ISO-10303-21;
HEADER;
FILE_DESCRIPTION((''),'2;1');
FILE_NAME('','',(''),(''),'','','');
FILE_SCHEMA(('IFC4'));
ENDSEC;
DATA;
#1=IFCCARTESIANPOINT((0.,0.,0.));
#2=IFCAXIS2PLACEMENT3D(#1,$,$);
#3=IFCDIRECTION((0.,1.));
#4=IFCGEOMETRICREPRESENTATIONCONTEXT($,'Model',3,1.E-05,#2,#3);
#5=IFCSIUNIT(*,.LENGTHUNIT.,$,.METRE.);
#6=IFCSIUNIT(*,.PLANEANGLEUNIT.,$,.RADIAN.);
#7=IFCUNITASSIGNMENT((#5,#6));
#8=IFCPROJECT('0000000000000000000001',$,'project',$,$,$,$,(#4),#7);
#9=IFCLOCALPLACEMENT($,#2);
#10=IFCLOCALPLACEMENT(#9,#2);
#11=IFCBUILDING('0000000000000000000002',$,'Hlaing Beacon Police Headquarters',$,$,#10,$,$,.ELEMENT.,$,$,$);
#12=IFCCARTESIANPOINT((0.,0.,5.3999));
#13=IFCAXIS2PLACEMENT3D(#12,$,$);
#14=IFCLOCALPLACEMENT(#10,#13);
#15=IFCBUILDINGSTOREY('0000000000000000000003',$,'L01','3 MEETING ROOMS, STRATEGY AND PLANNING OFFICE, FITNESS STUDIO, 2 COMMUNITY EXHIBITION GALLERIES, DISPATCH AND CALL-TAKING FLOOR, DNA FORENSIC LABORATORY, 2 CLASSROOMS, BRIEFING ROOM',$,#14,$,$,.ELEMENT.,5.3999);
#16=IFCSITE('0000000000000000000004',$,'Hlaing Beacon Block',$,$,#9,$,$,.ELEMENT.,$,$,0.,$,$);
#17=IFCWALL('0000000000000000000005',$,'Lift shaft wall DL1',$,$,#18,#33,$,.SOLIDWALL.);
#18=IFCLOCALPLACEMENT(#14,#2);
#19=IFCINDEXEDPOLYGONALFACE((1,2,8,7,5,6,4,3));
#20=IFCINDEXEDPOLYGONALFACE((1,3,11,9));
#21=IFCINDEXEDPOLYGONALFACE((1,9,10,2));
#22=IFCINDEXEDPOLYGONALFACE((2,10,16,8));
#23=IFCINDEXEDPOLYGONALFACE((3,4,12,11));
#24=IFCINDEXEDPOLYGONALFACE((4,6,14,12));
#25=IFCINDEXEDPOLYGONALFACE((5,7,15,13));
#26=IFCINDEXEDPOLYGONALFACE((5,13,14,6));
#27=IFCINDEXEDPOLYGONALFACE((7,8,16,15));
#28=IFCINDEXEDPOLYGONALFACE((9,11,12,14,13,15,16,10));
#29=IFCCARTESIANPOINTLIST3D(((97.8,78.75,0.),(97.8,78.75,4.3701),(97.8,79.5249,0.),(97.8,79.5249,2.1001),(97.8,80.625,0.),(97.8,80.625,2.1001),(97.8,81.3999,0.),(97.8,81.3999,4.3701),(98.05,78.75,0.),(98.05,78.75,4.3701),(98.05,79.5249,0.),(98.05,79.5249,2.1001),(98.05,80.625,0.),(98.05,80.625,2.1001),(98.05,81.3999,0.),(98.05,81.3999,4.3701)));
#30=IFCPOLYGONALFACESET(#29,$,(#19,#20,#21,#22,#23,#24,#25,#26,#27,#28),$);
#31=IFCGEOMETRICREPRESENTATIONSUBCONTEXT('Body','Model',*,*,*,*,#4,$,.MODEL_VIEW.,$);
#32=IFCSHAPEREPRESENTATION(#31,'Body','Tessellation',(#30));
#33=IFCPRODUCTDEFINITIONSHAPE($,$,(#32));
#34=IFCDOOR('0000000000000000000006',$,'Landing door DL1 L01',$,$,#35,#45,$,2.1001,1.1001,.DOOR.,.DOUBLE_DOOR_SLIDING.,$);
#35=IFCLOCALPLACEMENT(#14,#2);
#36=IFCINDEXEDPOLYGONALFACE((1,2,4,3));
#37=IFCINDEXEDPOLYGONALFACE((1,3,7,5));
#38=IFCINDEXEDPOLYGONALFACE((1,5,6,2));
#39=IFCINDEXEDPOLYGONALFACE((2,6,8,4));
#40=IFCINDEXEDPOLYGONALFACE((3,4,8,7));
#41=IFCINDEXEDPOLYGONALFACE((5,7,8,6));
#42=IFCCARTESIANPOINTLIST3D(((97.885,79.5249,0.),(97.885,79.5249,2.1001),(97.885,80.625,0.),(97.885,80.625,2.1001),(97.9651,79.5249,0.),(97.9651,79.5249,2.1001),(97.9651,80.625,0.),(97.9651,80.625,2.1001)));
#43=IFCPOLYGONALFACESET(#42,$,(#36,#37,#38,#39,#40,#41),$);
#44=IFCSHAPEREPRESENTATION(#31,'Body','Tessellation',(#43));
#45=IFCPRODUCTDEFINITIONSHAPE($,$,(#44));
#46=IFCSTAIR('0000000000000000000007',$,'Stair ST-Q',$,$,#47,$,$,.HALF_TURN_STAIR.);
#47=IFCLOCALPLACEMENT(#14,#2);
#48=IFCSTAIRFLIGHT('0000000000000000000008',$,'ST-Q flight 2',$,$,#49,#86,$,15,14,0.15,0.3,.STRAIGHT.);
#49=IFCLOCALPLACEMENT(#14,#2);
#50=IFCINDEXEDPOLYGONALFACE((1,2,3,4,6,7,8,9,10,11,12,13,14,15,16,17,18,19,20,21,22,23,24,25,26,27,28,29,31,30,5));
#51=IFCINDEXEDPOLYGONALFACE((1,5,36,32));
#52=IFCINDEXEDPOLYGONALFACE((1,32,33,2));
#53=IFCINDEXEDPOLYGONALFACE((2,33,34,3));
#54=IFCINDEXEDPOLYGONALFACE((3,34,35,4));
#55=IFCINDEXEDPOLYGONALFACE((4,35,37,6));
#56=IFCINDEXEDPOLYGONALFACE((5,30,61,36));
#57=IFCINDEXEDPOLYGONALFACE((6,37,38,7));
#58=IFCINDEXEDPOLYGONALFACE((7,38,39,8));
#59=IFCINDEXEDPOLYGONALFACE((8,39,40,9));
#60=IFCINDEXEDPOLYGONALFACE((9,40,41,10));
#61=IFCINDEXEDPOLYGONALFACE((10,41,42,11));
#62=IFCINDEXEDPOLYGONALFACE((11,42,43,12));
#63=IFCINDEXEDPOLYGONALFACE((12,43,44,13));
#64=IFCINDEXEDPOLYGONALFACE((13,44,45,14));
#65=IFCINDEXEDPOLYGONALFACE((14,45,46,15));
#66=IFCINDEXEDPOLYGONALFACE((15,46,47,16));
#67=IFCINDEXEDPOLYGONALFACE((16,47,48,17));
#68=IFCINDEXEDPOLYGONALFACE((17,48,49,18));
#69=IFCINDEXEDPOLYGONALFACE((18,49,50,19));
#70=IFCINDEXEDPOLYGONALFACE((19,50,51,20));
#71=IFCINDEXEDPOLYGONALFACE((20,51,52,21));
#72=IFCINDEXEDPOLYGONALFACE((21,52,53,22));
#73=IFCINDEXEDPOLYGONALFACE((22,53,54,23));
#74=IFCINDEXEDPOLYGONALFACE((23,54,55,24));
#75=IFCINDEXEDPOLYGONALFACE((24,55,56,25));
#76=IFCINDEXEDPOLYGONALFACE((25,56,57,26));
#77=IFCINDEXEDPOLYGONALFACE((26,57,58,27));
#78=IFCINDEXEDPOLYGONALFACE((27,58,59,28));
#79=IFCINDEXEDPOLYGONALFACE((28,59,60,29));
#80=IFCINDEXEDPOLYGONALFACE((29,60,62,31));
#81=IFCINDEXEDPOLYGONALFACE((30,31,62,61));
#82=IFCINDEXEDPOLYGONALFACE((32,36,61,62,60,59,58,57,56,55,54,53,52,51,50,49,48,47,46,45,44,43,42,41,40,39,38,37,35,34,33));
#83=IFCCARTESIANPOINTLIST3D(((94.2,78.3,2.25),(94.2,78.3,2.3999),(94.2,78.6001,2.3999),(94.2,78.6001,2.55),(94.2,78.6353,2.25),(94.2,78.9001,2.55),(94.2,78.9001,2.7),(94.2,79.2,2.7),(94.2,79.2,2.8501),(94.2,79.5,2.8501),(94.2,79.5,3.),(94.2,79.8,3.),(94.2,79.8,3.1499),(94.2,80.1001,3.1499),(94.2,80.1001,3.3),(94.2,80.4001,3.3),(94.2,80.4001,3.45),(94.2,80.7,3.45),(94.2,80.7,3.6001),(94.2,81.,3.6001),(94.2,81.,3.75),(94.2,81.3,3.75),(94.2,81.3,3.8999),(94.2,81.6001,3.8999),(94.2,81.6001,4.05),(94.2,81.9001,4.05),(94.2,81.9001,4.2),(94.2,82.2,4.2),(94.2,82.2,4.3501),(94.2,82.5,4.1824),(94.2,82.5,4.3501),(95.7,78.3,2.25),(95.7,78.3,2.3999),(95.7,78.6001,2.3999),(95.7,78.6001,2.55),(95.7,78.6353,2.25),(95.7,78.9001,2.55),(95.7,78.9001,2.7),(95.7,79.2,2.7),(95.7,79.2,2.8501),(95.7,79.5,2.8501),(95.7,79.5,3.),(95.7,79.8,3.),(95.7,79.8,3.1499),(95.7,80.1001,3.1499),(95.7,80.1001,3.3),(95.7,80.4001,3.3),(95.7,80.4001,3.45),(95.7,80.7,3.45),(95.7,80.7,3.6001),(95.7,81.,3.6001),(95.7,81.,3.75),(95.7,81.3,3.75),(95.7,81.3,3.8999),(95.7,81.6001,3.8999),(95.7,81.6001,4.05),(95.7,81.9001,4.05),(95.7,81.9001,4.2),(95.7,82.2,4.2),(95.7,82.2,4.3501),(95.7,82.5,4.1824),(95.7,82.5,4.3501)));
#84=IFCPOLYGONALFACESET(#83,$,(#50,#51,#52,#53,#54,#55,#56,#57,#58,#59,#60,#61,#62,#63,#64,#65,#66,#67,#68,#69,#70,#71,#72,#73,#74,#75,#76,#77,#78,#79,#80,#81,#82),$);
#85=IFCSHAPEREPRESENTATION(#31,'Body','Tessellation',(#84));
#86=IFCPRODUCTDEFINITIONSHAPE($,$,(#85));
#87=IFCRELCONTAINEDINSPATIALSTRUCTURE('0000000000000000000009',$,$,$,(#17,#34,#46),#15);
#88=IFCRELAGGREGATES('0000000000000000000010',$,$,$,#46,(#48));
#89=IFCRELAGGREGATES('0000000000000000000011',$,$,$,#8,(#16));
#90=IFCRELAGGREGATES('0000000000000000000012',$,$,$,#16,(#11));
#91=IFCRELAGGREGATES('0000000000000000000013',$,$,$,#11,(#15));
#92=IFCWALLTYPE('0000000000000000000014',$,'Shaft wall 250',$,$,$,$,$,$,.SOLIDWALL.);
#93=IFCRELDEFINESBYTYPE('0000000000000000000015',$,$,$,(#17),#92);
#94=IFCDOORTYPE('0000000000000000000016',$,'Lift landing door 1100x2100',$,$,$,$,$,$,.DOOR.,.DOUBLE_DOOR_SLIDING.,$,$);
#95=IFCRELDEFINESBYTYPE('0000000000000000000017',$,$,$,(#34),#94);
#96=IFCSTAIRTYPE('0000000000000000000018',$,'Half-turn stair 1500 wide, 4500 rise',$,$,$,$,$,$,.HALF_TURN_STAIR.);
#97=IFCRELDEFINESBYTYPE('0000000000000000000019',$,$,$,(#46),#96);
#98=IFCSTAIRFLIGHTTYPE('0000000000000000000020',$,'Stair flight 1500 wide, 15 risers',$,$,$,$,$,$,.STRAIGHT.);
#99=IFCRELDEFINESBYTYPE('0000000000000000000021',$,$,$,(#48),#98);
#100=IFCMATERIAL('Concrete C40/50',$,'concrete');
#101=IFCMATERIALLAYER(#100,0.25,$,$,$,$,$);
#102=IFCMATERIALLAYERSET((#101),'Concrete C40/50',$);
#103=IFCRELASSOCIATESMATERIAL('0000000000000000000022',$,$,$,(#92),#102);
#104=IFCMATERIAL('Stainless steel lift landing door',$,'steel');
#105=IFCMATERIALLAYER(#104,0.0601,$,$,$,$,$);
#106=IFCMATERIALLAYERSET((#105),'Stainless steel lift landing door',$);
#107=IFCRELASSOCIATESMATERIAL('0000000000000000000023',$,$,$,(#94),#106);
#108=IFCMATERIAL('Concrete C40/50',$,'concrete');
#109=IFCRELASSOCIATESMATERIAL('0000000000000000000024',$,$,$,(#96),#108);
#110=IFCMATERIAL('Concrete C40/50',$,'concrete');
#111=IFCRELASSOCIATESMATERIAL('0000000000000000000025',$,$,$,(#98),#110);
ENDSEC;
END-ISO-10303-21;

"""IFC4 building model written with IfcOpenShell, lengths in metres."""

from ifc_helpers import new_model, si_unit, direction, frame, frame_2d, origin, place, context, subcontext, project, spatial, polyline, rectangle, outline, extrude, material, layer, layer_set, type_object, element, fill, aggregate, save


model = new_model("IFC4")

# Units and contexts
model_context = context("Model", 3, precision=1e-05, world=origin(), true_north=direction((0.0, 1.0)))
body_context = subcontext(model_context, "Body", "Model", "MODEL_VIEW")
ifc_project = project(units=[si_unit("LENGTHUNIT", "METRE"), si_unit("PLANEANGLEUNIT", "RADIAN")], contexts=[model_context])

# Site, building, storey
site_placement = place(None, origin())
site = spatial("IfcSite", under=ifc_project, at=site_placement, Name="Hlaing Beacon Block", CompositionType="ELEMENT", RefElevation=0.0)
building_placement = place(site_placement, origin())
building = spatial("IfcBuilding", under=site, at=building_placement, Name="Hlaing Beacon Police Headquarters", CompositionType="ELEMENT")
storey_placement = place(building_placement, frame((0.0, 0.0, 5.3999)))
storey = spatial("IfcBuildingStorey", under=building, at=storey_placement, Name="L01", Description="3 MEETING ROOMS, STRATEGY AND PLANNING OFFICE, FITNESS STUDIO, 2 COMMUNITY EXHIBITION GALLERIES, DISPATCH AND CALL-TAKING FLOOR, DNA FORENSIC LABORATORY, 2 CLASSROOMS, BRIEFING ROOM", CompositionType="ELEMENT", Elevation=5.3999)

# Wall, opening, door
ifc_material_1 = material(Name="Concrete C40/50", Category="concrete")
ifc_layer_1 = layer(ifc_material_1, 0.25)
ifc_layer_set_1 = layer_set([ifc_layer_1], Name="Concrete C40/50")
wall_type_1 = type_object("IfcWallType", Name="Shaft wall 250", PredefinedType="SOLIDWALL", material=ifc_layer_set_1)
wall_1_placement = place(storey_placement, frame((97.925, 78.75, 0.0), z_axis=(0.0, 0.0, 1.0), x_axis=(0.0, 1.0, 0.0)))
wall_1 = element("IfcWall", 1, at=wall_1_placement, inside=storey, type_object=wall_type_1, Name="Lift shaft wall DL1", PredefinedType="SOLIDWALL", context=body_context, shape_type="SweptSolid", body=[
    extrude(rectangle(XDim=2.6499, YDim=0.25, at=frame_2d((1.325, 0.0))), origin(), (0.0, 0.0, 1.0), 4.3701),
])
opening_1_placement = place(wall_1_placement, frame((0.7749, 0.0, 0.0)))
opening_1 = element("IfcOpeningElement", 2, at=opening_1_placement, cuts=wall_1, PredefinedType="OPENING", context=body_context, shape_type="SweptSolid", body=[
    extrude(rectangle(XDim=1.1001, YDim=2.1001, at=frame_2d((0.55, 1.05))), frame((0.0, 0.135, 0.0), z_axis=(0.0, -1.0, 0.0), x_axis=(1.0, 0.0, 0.0)), (0.0, 0.0, 1.0), 0.27),
])
ifc_material_2 = material(Name="Stainless steel lift landing door", Category="steel")
ifc_layer_2 = layer(ifc_material_2, 0.0601)
ifc_layer_set_2 = layer_set([ifc_layer_2], Name="Stainless steel lift landing door")
door_type_1 = type_object("IfcDoorType", Name="Lift landing door 1100x2100", OperationType="DOUBLE_DOOR_SLIDING", PredefinedType="DOOR", material=ifc_layer_set_2)
door_1_placement = place(opening_1_placement, origin())
door_1 = element("IfcDoor", 3, at=door_1_placement, inside=storey, type_object=door_type_1, Name="Landing door DL1 L01", OperationType="DOUBLE_DOOR_SLIDING", OverallHeight=2.1001, OverallWidth=1.1001, PredefinedType="DOOR", context=body_context, shape_type="SweptSolid", body=[
    extrude(rectangle(XDim=1.1001, YDim=2.1001, at=frame_2d((0.55, 1.05))), frame((0.0, 0.04, 0.0), z_axis=(0.0, -1.0, 0.0), x_axis=(1.0, 0.0, 0.0)), (0.0, 0.0, 1.0), 0.0801),
])
fill(opening_1, door_1)

# Stair, stair flight
ifc_material_3 = material(Name="Concrete C40/50", Category="concrete")
stair_type = type_object("IfcStairType", Name="Half-turn stair 1500 wide, 4500 rise", PredefinedType="HALF_TURN_STAIR", material=ifc_material_3)
stair_placement = place(storey_placement, origin())
stair = element("IfcStair", 4, at=stair_placement, inside=storey, type_object=stair_type, Name="Stair ST-Q", PredefinedType="HALF_TURN_STAIR")
ifc_material_4 = material(Name="Concrete C40/50", Category="concrete")
stair_flight_type = type_object("IfcStairFlightType", Name="Stair flight 1500 wide, 15 risers", PredefinedType="STRAIGHT", material=ifc_material_4)
stair_flight_placement = place(storey_placement, frame((94.95, 78.3, 2.25), z_axis=(0.0, 0.0, 1.0), x_axis=(0.0, 1.0, 0.0)))
stair_flight = element("IfcStairFlight", 5, at=stair_flight_placement, type_object=stair_flight_type, Name="ST-Q flight 2", NumberOfRisers=15, NumberOfTreads=14, PredefinedType="STRAIGHT", RiserHeight=0.15, TreadLength=0.3, context=body_context, shape_type="SweptSolid", body=[
    extrude(outline(polyline([(0.0, 0.0), (0.0, 0.1499), (0.3, 0.1499), (0.3, 0.3), (0.6001, 0.3), (0.6001, 0.45), (0.8999, 0.45), (0.8999, 0.6001), (1.2, 0.6001), (1.2, 0.75), (1.5, 0.75), (1.5, 0.8999), (1.8, 0.8999), (1.8, 1.05), (2.1001, 1.05), (2.1001, 1.2), (2.3999, 1.2), (2.3999, 1.3501), (2.7, 1.3501), (2.7, 1.5), (3.0, 1.5), (3.0, 1.6499), (3.3, 1.6499), (3.3, 1.8), (3.6001, 1.8), (3.6001, 1.95), (3.8999, 1.95), (3.8999, 2.1001), (4.2, 2.1001), (4.2, 2.25), (4.2, 1.9324), (0.3352, 0.0), (0.0, 0.0)])), frame((0.0, 0.75, 0.0), z_axis=(0.0, -1.0, 0.0), x_axis=(1.0, 0.0, 0.0)), (0.0, 0.0, 1.0), 1.5),
])
aggregate(stair, [stair_flight])

save(model, "model.ifc")
